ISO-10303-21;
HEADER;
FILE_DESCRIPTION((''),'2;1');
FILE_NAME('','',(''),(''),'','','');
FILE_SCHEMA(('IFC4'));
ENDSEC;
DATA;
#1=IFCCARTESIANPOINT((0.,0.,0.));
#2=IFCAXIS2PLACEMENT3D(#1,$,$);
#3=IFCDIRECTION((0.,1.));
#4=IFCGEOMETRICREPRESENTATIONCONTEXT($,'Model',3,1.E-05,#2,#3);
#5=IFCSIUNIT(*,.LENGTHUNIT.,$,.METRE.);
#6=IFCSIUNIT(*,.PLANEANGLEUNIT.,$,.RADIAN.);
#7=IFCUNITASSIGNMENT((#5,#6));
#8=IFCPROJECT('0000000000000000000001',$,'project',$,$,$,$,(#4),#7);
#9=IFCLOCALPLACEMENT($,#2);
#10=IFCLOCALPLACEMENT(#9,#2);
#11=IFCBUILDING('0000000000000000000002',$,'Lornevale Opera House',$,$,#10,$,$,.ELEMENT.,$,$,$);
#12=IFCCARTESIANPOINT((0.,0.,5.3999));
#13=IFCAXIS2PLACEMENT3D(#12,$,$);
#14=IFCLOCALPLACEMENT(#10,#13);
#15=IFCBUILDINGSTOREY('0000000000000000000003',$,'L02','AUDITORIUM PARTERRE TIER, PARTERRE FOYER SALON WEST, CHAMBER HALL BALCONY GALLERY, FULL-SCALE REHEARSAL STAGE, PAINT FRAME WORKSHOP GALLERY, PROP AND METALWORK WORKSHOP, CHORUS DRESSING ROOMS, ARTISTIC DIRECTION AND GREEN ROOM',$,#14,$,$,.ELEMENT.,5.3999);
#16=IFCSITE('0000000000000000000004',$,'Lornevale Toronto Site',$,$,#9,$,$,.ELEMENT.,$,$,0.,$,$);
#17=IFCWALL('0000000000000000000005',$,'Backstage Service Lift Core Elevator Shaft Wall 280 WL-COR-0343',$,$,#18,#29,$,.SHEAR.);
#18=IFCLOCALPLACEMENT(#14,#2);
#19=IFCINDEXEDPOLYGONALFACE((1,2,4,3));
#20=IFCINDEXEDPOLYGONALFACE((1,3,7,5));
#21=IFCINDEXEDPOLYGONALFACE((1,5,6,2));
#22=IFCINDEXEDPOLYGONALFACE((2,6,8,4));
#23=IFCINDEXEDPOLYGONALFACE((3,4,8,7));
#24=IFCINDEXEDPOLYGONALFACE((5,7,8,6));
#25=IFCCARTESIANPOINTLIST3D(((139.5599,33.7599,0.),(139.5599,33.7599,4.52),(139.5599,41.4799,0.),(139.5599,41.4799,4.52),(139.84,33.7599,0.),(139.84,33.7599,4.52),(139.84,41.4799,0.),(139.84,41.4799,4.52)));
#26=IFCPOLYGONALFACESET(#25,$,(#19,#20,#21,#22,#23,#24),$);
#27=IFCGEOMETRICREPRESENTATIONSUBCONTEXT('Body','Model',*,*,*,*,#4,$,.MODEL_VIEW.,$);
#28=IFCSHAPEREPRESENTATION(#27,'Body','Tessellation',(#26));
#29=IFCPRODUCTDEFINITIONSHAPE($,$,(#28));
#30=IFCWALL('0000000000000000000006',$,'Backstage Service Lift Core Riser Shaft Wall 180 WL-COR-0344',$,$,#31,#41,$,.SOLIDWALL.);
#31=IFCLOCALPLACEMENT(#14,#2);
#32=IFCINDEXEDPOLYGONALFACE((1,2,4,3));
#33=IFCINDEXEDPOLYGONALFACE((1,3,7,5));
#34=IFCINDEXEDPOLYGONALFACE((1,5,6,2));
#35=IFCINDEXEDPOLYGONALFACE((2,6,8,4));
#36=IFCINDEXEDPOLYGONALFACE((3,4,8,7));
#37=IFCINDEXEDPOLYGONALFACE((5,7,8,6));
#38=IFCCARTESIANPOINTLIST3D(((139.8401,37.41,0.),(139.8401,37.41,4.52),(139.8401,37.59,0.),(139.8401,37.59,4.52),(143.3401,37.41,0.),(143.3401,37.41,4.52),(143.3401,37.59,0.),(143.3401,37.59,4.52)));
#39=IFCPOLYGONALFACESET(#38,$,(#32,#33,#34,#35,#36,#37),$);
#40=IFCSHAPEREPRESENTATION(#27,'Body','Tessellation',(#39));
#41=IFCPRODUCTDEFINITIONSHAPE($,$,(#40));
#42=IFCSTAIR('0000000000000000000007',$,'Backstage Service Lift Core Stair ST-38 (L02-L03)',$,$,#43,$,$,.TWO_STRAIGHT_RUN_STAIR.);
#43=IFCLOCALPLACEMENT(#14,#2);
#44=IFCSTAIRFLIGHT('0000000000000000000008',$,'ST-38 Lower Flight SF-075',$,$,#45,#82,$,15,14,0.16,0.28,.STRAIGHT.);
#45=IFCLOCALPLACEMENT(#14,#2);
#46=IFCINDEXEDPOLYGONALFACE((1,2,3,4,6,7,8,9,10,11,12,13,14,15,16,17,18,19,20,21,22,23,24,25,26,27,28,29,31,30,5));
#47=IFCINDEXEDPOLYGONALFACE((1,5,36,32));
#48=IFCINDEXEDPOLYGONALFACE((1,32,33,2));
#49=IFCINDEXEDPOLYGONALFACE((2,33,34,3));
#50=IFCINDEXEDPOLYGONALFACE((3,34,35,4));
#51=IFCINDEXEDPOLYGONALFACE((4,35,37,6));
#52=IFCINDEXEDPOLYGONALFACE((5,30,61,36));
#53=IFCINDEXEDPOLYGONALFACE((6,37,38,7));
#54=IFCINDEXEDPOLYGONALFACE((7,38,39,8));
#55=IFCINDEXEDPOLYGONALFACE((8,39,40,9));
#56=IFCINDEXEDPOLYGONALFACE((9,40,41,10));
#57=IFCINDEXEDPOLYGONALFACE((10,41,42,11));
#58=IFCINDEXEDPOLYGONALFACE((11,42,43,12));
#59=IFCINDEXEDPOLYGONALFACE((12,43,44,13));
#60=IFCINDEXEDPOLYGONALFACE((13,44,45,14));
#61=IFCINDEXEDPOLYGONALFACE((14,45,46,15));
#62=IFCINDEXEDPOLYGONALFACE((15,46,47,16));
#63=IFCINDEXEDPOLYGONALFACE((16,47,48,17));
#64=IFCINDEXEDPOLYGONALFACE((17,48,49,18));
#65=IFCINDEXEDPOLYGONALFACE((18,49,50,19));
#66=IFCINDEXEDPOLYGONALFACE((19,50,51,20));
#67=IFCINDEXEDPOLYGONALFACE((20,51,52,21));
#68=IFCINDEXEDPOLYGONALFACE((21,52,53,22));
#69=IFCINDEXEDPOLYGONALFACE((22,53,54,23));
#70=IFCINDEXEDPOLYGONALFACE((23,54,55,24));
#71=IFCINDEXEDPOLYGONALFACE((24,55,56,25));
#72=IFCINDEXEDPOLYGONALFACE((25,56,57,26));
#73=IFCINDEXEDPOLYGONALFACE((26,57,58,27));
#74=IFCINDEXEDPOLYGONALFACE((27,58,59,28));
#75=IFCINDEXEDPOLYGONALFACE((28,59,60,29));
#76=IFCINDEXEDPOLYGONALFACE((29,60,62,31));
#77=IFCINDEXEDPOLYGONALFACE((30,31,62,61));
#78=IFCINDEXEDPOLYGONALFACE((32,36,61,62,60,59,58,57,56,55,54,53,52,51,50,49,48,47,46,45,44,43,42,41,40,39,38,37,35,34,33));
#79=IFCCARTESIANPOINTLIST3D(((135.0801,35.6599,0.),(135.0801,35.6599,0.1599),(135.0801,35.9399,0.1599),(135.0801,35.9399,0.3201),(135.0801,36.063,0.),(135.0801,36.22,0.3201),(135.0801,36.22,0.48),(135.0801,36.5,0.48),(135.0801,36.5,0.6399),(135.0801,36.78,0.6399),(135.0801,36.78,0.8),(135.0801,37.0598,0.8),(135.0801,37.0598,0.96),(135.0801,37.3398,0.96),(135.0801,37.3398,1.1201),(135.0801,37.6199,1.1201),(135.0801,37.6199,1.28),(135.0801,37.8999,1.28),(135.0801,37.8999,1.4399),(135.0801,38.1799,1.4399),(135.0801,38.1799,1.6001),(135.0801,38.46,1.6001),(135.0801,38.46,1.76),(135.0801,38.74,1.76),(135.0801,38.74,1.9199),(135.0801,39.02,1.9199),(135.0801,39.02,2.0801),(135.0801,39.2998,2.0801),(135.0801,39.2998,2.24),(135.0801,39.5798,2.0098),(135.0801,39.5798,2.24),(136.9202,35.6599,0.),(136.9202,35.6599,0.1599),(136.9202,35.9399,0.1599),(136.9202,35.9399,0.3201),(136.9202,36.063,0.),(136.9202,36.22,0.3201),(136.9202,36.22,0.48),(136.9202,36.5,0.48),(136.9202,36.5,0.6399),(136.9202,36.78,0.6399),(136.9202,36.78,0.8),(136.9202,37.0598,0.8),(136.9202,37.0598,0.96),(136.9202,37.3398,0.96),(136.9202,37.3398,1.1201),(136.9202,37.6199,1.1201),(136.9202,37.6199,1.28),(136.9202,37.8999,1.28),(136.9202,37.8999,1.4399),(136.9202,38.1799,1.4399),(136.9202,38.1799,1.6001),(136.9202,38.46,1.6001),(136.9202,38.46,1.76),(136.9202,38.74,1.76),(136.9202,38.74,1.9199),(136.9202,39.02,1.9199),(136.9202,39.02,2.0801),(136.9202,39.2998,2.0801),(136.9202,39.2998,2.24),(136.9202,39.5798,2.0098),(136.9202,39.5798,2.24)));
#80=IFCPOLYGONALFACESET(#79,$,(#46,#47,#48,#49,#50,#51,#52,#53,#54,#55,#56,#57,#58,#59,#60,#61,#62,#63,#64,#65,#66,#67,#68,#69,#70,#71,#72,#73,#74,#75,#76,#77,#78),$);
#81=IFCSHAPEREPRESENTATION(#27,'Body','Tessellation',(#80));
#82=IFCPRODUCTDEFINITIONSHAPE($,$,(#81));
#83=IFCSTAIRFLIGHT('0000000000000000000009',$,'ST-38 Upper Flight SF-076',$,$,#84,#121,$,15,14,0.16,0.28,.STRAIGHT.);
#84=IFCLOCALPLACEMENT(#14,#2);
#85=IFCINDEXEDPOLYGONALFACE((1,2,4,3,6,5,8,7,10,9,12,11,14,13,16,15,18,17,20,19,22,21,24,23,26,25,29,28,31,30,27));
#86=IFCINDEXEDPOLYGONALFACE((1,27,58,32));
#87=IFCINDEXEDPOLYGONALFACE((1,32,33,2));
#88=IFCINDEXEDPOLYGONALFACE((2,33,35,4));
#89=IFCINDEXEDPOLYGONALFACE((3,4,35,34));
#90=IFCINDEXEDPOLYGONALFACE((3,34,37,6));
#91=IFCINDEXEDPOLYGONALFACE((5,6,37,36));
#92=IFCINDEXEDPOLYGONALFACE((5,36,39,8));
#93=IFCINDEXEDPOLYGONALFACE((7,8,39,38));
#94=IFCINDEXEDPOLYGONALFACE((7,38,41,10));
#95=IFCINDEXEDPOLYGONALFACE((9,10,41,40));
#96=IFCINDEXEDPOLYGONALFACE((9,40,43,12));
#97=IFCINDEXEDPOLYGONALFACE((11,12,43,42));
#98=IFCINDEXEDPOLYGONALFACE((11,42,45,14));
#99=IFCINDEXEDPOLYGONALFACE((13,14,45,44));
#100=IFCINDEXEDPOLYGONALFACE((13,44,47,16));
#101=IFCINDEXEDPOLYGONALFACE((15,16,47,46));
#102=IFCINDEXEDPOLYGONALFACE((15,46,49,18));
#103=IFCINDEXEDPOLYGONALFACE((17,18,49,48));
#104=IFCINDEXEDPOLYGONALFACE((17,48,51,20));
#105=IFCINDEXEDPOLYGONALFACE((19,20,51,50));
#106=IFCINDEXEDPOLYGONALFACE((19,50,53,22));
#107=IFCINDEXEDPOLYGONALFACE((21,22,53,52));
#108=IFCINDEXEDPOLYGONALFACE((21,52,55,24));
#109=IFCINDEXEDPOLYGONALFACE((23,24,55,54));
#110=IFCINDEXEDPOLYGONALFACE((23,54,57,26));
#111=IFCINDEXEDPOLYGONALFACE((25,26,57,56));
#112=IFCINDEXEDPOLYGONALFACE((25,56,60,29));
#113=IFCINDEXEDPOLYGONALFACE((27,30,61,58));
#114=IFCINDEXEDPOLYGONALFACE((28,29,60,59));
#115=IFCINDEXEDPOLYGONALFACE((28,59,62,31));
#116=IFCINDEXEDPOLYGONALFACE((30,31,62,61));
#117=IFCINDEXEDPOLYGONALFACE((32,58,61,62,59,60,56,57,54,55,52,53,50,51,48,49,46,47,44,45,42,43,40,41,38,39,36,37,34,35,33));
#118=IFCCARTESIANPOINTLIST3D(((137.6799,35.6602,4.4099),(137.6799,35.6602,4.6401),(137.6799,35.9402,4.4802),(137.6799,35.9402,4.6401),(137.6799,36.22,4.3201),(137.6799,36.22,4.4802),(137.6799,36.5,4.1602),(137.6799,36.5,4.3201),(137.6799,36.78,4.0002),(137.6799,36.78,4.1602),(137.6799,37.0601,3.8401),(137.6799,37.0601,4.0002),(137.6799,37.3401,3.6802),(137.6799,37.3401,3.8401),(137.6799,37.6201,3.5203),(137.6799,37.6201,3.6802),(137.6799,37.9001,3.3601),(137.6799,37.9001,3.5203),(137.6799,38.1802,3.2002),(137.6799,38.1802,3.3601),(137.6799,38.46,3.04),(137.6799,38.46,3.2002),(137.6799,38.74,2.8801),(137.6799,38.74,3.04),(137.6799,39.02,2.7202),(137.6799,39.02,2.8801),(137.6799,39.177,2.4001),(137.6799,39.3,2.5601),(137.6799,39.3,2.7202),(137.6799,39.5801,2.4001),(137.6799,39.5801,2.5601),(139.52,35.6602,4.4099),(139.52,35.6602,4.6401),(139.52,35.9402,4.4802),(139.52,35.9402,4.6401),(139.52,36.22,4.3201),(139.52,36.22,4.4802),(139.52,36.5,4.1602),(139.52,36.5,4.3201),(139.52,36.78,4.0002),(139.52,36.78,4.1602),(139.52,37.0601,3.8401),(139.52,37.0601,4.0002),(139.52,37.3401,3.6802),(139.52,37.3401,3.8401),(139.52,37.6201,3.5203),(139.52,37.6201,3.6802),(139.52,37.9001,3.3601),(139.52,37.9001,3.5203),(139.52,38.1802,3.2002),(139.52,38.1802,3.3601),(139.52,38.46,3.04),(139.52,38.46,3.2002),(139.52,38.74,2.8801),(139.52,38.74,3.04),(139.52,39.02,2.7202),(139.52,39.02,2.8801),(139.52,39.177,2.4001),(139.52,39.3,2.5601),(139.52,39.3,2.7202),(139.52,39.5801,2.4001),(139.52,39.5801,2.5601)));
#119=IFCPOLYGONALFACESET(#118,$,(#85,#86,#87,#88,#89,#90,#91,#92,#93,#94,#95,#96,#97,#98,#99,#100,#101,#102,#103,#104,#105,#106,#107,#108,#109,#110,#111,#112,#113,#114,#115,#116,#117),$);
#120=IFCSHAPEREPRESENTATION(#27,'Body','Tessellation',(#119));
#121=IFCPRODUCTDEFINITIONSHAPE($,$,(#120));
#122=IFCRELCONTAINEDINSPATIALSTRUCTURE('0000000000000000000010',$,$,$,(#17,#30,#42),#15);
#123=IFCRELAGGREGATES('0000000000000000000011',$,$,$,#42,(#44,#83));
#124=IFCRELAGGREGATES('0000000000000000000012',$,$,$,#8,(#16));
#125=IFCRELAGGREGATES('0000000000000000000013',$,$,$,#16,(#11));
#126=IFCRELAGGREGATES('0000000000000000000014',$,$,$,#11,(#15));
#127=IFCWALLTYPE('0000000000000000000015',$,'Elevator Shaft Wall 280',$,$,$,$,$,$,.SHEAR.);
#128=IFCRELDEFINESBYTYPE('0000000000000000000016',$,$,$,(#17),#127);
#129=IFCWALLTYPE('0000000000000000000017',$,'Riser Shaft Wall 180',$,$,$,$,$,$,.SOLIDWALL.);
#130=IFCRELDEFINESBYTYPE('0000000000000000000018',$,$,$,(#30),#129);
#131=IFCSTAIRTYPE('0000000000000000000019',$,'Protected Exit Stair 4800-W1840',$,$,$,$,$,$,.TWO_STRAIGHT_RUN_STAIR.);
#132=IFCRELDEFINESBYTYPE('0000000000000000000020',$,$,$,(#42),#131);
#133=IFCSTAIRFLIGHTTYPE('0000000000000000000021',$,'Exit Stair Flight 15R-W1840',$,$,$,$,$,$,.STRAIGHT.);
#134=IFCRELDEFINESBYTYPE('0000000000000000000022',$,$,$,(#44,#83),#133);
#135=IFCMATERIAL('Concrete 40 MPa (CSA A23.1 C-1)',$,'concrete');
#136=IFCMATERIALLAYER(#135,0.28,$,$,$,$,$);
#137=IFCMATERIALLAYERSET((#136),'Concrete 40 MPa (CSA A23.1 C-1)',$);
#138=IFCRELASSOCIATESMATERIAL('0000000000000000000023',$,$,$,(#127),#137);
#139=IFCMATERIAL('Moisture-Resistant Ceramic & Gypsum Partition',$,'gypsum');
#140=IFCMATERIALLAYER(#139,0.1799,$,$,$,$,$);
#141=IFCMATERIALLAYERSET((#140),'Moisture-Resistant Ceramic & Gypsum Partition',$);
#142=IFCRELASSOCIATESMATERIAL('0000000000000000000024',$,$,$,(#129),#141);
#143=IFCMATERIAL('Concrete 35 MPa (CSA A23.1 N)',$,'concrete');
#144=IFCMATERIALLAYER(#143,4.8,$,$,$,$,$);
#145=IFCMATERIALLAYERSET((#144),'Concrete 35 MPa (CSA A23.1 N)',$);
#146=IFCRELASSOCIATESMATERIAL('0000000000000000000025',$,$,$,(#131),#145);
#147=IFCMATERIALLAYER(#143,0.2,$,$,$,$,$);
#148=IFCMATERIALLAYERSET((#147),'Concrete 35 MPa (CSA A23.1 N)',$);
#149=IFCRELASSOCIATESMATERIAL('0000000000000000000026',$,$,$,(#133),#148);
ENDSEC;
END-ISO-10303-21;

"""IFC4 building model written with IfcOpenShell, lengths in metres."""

from ifc_helpers import new_model, si_unit, direction, frame, frame_2d, origin, place, context, subcontext, project, spatial, polyline, rectangle, outline, extrude, material, layer, layer_set, type_object, element, aggregate, save


model = new_model("IFC4")

# Units and contexts
model_context = context("Model", 3, precision=1e-05, world=origin(), true_north=direction((0.0, 1.0)))
body_context = subcontext(model_context, "Body", "Model", "MODEL_VIEW")
ifc_project = project(units=[si_unit("LENGTHUNIT", "METRE"), si_unit("PLANEANGLEUNIT", "RADIAN")], contexts=[model_context])

# Site, building, storey
site_placement = place(None, origin())
site = spatial("IfcSite", under=ifc_project, at=site_placement, Name="Lornevale Toronto Site", CompositionType="ELEMENT", RefElevation=0.0)
building_placement = place(site_placement, origin())
building = spatial("IfcBuilding", under=site, at=building_placement, Name="Lornevale Opera House", CompositionType="ELEMENT")
storey_placement = place(building_placement, frame((0.0, 0.0, 5.3999)))
storey = spatial("IfcBuildingStorey", under=building, at=storey_placement, Name="L02", Description="AUDITORIUM PARTERRE TIER, PARTERRE FOYER SALON WEST, CHAMBER HALL BALCONY GALLERY, FULL-SCALE REHEARSAL STAGE, PAINT FRAME WORKSHOP GALLERY, PROP AND METALWORK WORKSHOP, CHORUS DRESSING ROOMS, ARTISTIC DIRECTION AND GREEN ROOM", CompositionType="ELEMENT", Elevation=5.3999)

# Shared definitions
ifc_material_1 = material(Name="Concrete 40 MPa (CSA A23.1 C-1)", Category="concrete")

# Shared definitions
ifc_material_2 = material(Name="Concrete 35 MPa (CSA A23.1 N)", Category="concrete")

# Shared definitions
ifc_layer_1 = layer(ifc_material_1, 0.28)
ifc_layer_set_1 = layer_set([ifc_layer_1], Name="Concrete 40 MPa (CSA A23.1 C-1)")
wall_type_1 = type_object("IfcWallType", Name="Elevator Shaft Wall 280", PredefinedType="SHEAR", material=ifc_layer_set_1)

# Walls
wall_1_placement = place(storey_placement, frame((139.7, 33.76, 0.0), z_axis=(0.0, 0.0, 1.0), x_axis=(0.0, 1.0, 0.0)))
element("IfcWall", 1, at=wall_1_placement, inside=storey, type_object=wall_type_1, Name="Backstage Service Lift Core Elevator Shaft Wall 280 WL-COR-0343", PredefinedType="SHEAR", context=body_context, shape_type="SweptSolid", body=[
    extrude(rectangle(XDim=7.72, YDim=0.28, at=frame_2d((3.8599, 0.0))), origin(), (0.0, 0.0, 1.0), 4.52),
])
ifc_material_3 = material(Name="Moisture-Resistant Ceramic & Gypsum Partition", Category="gypsum")
ifc_layer_2 = layer(ifc_material_3, 0.1799)
ifc_layer_set_2 = layer_set([ifc_layer_2], Name="Moisture-Resistant Ceramic & Gypsum Partition")
wall_type_2 = type_object("IfcWallType", Name="Riser Shaft Wall 180", PredefinedType="SOLIDWALL", material=ifc_layer_set_2)
wall_2_placement = place(storey_placement, frame((139.8401, 37.5, 0.0), z_axis=(0.0, 0.0, 1.0), x_axis=(1.0, 0.0, 0.0)))
element("IfcWall", 2, at=wall_2_placement, inside=storey, type_object=wall_type_2, Name="Backstage Service Lift Core Riser Shaft Wall 180 WL-COR-0344", PredefinedType="SOLIDWALL", context=body_context, shape_type="SweptSolid", body=[
    extrude(rectangle(XDim=3.5, YDim=0.1799, at=frame_2d((1.75, 0.0))), origin(), (0.0, 0.0, 1.0), 4.52),
])

# Stair, stair flights
ifc_layer_3 = layer(ifc_material_2, 4.8)
ifc_layer_set_3 = layer_set([ifc_layer_3], Name="Concrete 35 MPa (CSA A23.1 N)")
stair_type = type_object("IfcStairType", Name="Protected Exit Stair 4800-W1840", PredefinedType="TWO_STRAIGHT_RUN_STAIR", material=ifc_layer_set_3)
stair_placement = place(storey_placement, origin())
stair = element("IfcStair", 3, at=stair_placement, inside=storey, type_object=stair_type, Name="Backstage Service Lift Core Stair ST-38 (L02-L03)", PredefinedType="TWO_STRAIGHT_RUN_STAIR")
ifc_layer_4 = layer(ifc_material_2, 0.2)
ifc_layer_set_4 = layer_set([ifc_layer_4], Name="Concrete 35 MPa (CSA A23.1 N)")
stair_flight_type = type_object("IfcStairFlightType", Name="Exit Stair Flight 15R-W1840", PredefinedType="STRAIGHT", material=ifc_layer_set_4)
stair_flight_1_placement = place(storey_placement, frame((136.0, 35.6599, 0.0), z_axis=(0.0, 0.0, 1.0), x_axis=(0.0, 1.0, 0.0)))
stair_flight_1 = element("IfcStairFlight", 4, at=stair_flight_1_placement, type_object=stair_flight_type, Name="ST-38 Lower Flight SF-075", NumberOfRisers=15, NumberOfTreads=14, PredefinedType="STRAIGHT", RiserHeight=0.16, TreadLength=0.28, context=body_context, shape_type="SweptSolid", body=[
    extrude(outline(polyline([(0.0, 0.0), (0.0, 0.1599), (0.28, 0.1599), (0.28, 0.3201), (0.5601, 0.3201), (0.5601, 0.48), (0.8401, 0.48), (0.8401, 0.6399), (1.1201, 0.6399), (1.1201, 0.8), (1.3999, 0.8), (1.3999, 0.96), (1.6799, 0.96), (1.6799, 1.1201), (1.96, 1.1201), (1.96, 1.28), (2.24, 1.28), (2.24, 1.4399), (2.52, 1.4399), (2.52, 1.6001), (2.8, 1.6001), (2.8, 1.76), (3.0801, 1.76), (3.0801, 1.9199), (3.3601, 1.9199), (3.3601, 2.0801), (3.6399, 2.0801), (3.6399, 2.24), (3.9199, 2.24), (3.9199, 2.0098), (0.4031, 0.0), (0.0, 0.0)])), frame((0.0, 0.9199, 0.0), z_axis=(0.0, -1.0, 0.0), x_axis=(1.0, 0.0, 0.0)), (0.0, 0.0, 1.0), 1.8401),
])
stair_flight_2_placement = place(storey_placement, frame((138.6001, 39.5801, 2.4001), z_axis=(0.0, 0.0, 1.0), x_axis=(0.0, -1.0, 0.0)))
stair_flight_2 = element("IfcStairFlight", 5, at=stair_flight_2_placement, type_object=stair_flight_type, Name="ST-38 Upper Flight SF-076", NumberOfRisers=15, NumberOfTreads=14, PredefinedType="STRAIGHT", RiserHeight=0.16, TreadLength=0.28, context=body_context, shape_type="SweptSolid", body=[
    extrude(outline(polyline([(0.0, 0.0), (0.0, 0.1599), (0.28, 0.1599), (0.28, 0.3201), (0.5601, 0.3201), (0.5601, 0.48), (0.8401, 0.48), (0.8401, 0.6399), (1.1201, 0.6399), (1.1201, 0.8), (1.3999, 0.8), (1.3999, 0.96), (1.6799, 0.96), (1.6799, 1.1201), (1.96, 1.1201), (1.96, 1.28), (2.24, 1.28), (2.24, 1.4399), (2.52, 1.4399), (2.52, 1.6001), (2.8, 1.6001), (2.8, 1.76), (3.0801, 1.76), (3.0801, 1.9199), (3.3601, 1.9199), (3.3601, 2.0801), (3.6399, 2.0801), (3.6399, 2.24), (3.9199, 2.24), (3.9199, 2.0098), (0.4031, 0.0), (0.0, 0.0)])), frame((0.0, 0.9199, 0.0), z_axis=(0.0, -1.0, 0.0), x_axis=(1.0, 0.0, 0.0)), (0.0, 0.0, 1.0), 1.8401),
])
aggregate(stair, [stair_flight_1, stair_flight_2])

save(model, "model.ifc")
